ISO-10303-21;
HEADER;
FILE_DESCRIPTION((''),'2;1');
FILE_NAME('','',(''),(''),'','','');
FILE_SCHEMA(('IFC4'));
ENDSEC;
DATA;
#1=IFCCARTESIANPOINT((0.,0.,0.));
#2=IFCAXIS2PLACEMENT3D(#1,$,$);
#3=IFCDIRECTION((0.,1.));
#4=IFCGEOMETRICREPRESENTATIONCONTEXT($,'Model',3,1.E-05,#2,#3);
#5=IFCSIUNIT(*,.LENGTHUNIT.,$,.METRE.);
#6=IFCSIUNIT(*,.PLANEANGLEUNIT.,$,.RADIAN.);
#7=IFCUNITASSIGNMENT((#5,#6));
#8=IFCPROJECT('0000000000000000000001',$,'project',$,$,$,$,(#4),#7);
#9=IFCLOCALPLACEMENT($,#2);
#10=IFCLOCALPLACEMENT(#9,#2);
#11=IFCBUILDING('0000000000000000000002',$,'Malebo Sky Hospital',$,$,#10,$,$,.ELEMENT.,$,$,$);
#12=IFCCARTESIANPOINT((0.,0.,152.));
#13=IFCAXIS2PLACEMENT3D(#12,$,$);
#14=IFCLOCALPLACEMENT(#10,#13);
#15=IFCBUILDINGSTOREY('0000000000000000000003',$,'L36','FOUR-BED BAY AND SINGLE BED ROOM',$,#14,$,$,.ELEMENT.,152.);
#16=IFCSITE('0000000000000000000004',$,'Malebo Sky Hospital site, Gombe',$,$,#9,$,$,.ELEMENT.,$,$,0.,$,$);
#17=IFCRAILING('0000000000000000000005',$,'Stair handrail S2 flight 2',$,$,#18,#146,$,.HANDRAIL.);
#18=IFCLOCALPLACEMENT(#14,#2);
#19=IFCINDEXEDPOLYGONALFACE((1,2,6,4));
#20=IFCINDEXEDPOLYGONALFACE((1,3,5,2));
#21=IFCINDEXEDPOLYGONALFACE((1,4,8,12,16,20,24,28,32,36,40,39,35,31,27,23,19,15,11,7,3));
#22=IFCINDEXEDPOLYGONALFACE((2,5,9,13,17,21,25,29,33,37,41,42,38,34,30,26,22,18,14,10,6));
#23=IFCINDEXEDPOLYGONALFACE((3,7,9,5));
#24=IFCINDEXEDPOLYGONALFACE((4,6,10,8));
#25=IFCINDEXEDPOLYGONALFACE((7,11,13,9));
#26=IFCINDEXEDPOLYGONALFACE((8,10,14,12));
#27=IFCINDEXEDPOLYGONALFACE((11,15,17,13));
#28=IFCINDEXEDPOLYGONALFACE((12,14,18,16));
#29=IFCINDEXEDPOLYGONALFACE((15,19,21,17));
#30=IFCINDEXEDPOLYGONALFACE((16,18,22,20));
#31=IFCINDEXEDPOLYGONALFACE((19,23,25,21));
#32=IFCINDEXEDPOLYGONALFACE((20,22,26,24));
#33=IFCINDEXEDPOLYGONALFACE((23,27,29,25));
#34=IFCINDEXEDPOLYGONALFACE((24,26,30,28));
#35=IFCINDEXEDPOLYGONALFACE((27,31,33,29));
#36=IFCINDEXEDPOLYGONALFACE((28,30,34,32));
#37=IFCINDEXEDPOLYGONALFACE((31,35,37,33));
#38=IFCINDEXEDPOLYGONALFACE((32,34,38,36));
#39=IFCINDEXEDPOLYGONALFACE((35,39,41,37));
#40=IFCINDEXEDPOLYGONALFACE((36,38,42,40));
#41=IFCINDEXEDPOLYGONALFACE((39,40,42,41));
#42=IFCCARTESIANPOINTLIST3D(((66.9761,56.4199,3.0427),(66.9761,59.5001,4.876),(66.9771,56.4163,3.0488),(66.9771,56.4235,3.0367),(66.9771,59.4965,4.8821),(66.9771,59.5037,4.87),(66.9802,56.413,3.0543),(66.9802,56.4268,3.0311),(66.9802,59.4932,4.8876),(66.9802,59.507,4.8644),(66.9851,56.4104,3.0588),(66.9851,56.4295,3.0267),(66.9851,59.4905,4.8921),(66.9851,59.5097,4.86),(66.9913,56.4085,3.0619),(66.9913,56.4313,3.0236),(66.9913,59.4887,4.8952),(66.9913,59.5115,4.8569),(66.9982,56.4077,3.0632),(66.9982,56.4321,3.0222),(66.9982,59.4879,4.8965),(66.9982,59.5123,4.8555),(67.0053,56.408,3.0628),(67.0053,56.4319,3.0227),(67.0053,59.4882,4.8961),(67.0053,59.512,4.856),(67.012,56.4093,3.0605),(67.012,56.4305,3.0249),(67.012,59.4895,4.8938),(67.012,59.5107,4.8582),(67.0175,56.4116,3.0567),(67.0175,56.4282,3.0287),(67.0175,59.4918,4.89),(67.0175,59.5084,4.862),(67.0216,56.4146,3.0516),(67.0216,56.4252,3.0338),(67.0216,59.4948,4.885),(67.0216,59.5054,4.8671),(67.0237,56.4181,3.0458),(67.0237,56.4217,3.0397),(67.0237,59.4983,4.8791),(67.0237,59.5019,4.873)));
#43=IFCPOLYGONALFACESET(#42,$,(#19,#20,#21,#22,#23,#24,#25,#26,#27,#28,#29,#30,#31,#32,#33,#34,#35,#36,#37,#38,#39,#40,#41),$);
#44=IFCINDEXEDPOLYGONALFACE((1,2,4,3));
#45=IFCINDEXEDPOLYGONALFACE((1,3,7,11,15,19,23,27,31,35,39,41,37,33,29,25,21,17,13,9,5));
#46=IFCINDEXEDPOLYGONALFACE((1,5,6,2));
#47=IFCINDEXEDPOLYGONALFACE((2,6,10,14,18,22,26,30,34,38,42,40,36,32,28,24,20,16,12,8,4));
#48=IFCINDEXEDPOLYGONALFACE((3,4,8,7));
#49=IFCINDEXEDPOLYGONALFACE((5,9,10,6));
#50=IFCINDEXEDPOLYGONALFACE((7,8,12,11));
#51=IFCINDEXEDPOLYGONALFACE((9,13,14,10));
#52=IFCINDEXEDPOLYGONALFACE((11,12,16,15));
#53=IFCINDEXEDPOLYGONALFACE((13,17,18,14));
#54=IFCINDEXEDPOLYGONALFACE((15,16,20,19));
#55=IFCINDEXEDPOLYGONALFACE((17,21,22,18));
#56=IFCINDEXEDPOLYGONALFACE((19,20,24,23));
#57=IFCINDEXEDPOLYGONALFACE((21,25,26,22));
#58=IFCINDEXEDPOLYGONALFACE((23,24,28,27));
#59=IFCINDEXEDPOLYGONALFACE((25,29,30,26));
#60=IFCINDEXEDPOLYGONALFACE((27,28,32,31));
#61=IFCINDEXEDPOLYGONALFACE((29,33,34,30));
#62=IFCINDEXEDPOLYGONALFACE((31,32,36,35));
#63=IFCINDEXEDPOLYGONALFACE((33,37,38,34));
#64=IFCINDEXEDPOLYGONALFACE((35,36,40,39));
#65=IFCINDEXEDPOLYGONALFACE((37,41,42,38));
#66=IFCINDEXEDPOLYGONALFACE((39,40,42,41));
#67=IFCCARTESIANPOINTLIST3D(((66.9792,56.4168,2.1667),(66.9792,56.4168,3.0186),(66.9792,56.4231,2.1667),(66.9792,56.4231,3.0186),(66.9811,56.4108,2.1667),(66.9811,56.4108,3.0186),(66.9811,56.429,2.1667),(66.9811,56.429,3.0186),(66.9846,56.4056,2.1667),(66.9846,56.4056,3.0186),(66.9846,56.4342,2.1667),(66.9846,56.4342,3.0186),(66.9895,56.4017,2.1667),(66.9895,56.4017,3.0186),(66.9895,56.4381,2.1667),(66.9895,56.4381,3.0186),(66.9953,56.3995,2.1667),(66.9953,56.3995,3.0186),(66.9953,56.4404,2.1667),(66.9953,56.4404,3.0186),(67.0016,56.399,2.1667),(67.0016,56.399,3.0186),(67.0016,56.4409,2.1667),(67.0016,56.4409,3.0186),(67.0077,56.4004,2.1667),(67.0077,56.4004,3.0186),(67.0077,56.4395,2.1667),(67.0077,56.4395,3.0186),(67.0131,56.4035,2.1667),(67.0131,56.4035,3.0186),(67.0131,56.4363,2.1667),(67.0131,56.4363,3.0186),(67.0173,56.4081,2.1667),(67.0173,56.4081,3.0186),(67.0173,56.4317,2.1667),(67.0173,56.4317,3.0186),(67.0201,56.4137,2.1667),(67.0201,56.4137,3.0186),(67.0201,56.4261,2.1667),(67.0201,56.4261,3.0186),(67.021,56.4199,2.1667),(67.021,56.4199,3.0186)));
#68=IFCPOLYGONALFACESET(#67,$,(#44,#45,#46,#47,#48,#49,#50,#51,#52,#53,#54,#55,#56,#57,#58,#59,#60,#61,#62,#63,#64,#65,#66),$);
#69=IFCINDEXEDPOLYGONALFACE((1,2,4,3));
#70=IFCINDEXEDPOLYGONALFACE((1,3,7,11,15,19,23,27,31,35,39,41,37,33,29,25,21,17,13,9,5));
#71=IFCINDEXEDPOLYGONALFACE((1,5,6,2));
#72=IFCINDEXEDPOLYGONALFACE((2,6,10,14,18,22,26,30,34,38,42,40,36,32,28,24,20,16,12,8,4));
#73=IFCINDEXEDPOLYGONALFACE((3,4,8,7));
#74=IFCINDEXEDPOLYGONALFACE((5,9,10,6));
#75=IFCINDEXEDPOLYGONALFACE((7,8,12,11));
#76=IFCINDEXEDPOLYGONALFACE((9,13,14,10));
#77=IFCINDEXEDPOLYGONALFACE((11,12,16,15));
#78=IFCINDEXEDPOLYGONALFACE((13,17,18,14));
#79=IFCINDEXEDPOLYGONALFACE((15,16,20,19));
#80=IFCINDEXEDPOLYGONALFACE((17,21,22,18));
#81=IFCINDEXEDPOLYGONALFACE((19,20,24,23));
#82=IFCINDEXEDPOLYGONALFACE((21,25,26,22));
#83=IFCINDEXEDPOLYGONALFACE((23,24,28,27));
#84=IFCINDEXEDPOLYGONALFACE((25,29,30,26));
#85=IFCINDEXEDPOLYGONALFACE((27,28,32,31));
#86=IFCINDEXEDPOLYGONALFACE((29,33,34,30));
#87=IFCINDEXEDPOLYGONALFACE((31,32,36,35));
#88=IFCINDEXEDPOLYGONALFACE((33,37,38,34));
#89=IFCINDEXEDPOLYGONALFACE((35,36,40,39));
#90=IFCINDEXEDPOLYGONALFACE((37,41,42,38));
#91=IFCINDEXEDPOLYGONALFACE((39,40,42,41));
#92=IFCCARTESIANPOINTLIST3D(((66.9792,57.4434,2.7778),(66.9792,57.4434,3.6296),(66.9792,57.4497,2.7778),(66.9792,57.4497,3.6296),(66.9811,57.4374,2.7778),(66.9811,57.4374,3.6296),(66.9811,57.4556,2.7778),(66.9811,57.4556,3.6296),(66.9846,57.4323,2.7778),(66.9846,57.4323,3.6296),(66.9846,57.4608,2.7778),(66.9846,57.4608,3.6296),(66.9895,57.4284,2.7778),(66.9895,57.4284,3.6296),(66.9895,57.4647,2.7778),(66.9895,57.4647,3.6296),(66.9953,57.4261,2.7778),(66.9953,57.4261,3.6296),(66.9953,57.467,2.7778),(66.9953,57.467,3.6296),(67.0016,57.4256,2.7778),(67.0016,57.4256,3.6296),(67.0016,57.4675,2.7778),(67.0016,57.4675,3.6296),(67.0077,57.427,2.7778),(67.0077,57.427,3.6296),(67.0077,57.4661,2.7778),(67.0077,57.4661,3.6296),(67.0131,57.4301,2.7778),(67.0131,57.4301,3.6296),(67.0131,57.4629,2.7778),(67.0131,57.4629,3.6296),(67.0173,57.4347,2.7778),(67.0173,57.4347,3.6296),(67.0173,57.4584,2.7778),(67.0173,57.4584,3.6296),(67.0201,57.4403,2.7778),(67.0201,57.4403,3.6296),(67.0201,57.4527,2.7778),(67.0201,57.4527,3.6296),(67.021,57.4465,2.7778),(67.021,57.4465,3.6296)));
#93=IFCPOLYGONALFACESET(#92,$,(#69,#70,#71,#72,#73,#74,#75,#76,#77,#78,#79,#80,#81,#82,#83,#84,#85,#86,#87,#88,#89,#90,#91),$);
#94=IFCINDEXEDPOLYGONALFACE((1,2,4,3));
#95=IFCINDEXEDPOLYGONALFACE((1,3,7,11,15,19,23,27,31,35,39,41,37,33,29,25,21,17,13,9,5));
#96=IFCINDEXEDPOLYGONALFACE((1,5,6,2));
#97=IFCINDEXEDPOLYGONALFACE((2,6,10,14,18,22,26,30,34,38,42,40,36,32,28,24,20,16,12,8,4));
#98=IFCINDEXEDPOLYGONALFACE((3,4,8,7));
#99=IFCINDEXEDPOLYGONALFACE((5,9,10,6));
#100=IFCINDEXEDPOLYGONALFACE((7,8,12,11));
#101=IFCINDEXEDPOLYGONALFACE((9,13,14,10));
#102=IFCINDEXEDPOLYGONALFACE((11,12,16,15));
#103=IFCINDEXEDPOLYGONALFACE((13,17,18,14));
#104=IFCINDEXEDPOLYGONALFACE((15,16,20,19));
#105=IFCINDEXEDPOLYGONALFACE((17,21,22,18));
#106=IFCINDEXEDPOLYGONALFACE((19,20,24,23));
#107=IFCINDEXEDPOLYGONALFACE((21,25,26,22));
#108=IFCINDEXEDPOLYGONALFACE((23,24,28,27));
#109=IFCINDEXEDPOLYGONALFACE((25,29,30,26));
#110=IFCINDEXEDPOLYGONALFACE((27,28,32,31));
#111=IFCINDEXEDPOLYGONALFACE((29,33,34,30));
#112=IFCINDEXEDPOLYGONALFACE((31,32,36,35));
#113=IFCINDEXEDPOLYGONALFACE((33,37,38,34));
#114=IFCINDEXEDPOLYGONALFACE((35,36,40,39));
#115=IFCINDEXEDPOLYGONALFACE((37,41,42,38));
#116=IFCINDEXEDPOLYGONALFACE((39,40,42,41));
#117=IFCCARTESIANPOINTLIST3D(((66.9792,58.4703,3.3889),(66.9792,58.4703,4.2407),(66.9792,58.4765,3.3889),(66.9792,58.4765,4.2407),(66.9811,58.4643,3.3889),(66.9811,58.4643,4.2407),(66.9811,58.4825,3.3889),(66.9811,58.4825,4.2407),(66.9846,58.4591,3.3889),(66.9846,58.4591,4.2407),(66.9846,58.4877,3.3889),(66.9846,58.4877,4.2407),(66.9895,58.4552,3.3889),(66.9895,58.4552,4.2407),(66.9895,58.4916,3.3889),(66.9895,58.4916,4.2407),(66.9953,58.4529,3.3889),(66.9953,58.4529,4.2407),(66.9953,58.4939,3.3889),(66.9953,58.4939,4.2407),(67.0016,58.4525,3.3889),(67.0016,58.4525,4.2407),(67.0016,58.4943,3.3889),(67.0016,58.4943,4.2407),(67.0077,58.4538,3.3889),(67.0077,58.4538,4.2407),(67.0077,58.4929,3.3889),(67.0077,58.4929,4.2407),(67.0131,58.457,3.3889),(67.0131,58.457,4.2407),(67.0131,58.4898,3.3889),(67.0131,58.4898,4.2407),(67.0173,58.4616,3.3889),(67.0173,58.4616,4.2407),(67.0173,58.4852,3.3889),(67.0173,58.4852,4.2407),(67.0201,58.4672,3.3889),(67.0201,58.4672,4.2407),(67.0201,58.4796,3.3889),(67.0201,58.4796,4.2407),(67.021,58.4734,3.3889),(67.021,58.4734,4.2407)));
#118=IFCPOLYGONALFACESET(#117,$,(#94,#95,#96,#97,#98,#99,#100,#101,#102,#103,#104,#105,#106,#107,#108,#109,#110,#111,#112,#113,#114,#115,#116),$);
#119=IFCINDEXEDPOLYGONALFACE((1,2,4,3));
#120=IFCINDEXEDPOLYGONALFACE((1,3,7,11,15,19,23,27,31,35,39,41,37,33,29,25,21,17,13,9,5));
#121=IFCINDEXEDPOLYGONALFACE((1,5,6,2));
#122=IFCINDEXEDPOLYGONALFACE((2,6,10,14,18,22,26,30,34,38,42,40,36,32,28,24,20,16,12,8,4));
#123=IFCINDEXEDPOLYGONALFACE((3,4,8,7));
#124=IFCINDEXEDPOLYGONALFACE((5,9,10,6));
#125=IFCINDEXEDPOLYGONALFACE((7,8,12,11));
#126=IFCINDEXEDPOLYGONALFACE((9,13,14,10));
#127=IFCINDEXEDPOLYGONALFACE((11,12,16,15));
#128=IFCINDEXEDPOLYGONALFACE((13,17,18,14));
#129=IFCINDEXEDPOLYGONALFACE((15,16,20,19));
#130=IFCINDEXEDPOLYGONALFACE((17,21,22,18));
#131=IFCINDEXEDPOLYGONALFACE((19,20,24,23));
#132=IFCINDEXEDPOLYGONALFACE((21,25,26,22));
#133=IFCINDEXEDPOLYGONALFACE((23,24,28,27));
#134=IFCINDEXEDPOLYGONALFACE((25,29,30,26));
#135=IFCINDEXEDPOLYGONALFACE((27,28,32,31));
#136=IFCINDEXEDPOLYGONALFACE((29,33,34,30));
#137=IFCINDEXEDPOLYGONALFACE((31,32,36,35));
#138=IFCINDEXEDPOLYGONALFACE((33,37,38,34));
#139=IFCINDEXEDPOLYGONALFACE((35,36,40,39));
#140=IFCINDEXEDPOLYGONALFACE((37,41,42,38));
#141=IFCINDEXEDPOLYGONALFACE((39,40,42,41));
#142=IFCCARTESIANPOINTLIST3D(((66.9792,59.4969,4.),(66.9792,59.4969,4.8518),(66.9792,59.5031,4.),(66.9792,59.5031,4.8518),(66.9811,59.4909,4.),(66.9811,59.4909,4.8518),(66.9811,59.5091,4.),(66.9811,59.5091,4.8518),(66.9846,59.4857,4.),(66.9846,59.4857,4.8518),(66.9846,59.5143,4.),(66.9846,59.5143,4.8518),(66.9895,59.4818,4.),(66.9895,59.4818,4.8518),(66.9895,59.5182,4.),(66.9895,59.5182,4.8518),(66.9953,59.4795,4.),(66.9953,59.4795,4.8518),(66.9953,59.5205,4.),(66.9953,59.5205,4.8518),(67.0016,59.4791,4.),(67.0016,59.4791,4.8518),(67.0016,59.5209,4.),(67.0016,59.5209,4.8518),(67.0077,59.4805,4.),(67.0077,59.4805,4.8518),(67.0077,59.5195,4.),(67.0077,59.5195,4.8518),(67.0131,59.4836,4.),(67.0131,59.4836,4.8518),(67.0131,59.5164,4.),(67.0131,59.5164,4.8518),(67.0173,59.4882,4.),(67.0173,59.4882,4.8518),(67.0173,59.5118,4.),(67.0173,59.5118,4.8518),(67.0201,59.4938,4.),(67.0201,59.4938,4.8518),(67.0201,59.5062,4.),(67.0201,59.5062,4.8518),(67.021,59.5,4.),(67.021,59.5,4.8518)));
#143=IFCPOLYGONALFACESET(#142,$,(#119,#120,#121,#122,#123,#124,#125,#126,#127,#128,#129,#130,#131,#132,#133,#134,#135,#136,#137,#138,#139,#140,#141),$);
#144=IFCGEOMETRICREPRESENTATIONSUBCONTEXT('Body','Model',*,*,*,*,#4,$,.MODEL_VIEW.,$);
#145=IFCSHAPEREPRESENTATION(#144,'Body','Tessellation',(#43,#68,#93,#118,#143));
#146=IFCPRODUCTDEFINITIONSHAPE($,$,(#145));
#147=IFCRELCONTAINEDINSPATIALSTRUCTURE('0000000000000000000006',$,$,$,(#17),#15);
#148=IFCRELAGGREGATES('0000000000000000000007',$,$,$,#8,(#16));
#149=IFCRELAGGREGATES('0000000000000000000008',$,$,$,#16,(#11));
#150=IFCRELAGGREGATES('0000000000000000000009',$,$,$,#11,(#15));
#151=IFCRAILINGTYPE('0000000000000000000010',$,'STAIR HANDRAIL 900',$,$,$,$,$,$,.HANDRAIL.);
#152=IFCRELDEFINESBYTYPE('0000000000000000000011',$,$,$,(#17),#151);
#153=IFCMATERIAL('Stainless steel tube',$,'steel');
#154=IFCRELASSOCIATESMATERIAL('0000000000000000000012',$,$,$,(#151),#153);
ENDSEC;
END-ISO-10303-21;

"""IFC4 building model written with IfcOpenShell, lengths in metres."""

from ifc_helpers import new_model, si_unit, direction, frame, origin, origin_2d, place, context, subcontext, project, spatial, circle, extrude, material, type_object, element, save


model = new_model("IFC4")

# Units and contexts
model_context = context("Model", 3, precision=1e-05, world=origin(), true_north=direction((0.0, 1.0)))
body_context = subcontext(model_context, "Body", "Model", "MODEL_VIEW")
ifc_project = project(units=[si_unit("LENGTHUNIT", "METRE"), si_unit("PLANEANGLEUNIT", "RADIAN")], contexts=[model_context])

# Site, building, storey
site_placement = place(None, origin())
site = spatial("IfcSite", under=ifc_project, at=site_placement, Name="Malebo Sky Hospital site, Gombe", CompositionType="ELEMENT", RefElevation=0.0)
building_placement = place(site_placement, origin())
building = spatial("IfcBuilding", under=site, at=building_placement, Name="Malebo Sky Hospital", CompositionType="ELEMENT")
storey_placement = place(building_placement, frame((0.0, 0.0, 152.0)))
storey = spatial("IfcBuildingStorey", under=building, at=storey_placement, Name="L36", Description="FOUR-BED BAY AND SINGLE BED ROOM", CompositionType="ELEMENT", Elevation=152.0)

# Railing
ifc_material_1 = material(Name="Stainless steel tube", Category="steel")
railing_type = type_object("IfcRailingType", Name="STAIR HANDRAIL 900", PredefinedType="HANDRAIL", material=ifc_material_1)
railing_1_placement = place(storey_placement, frame((67.0, 56.4199, 2.1667)))
element("IfcRailing", 1, at=railing_1_placement, inside=storey, type_object=railing_type, Name="Stair handrail S2 flight 2", PredefinedType="HANDRAIL", context=body_context, shape_type="SweptSolid", body=[
    extrude(circle(Radius=0.0239, at=origin_2d()), frame((0.0, 0.0, 0.876), z_axis=(0.0, 0.859309, 0.511458), x_axis=(-1.0, 0.0, 0.0)), (0.0, 0.0, 1.0), 3.5845),
    extrude(circle(Radius=0.021, at=origin_2d()), origin(), (0.0, 0.0, 1.0), 0.8518),
    extrude(circle(Radius=0.021, at=origin_2d()), frame((0.0, 1.0266, 0.6111)), (0.0, 0.0, 1.0), 0.8518),
    extrude(circle(Radius=0.021, at=origin_2d()), frame((0.0, 2.0535, 1.2222)), (0.0, 0.0, 1.0), 0.8518),
    extrude(circle(Radius=0.021, at=origin_2d()), frame((0.0, 3.0801, 1.8333)), (0.0, 0.0, 1.0), 0.8518),
])

save(model, "model.ifc")
